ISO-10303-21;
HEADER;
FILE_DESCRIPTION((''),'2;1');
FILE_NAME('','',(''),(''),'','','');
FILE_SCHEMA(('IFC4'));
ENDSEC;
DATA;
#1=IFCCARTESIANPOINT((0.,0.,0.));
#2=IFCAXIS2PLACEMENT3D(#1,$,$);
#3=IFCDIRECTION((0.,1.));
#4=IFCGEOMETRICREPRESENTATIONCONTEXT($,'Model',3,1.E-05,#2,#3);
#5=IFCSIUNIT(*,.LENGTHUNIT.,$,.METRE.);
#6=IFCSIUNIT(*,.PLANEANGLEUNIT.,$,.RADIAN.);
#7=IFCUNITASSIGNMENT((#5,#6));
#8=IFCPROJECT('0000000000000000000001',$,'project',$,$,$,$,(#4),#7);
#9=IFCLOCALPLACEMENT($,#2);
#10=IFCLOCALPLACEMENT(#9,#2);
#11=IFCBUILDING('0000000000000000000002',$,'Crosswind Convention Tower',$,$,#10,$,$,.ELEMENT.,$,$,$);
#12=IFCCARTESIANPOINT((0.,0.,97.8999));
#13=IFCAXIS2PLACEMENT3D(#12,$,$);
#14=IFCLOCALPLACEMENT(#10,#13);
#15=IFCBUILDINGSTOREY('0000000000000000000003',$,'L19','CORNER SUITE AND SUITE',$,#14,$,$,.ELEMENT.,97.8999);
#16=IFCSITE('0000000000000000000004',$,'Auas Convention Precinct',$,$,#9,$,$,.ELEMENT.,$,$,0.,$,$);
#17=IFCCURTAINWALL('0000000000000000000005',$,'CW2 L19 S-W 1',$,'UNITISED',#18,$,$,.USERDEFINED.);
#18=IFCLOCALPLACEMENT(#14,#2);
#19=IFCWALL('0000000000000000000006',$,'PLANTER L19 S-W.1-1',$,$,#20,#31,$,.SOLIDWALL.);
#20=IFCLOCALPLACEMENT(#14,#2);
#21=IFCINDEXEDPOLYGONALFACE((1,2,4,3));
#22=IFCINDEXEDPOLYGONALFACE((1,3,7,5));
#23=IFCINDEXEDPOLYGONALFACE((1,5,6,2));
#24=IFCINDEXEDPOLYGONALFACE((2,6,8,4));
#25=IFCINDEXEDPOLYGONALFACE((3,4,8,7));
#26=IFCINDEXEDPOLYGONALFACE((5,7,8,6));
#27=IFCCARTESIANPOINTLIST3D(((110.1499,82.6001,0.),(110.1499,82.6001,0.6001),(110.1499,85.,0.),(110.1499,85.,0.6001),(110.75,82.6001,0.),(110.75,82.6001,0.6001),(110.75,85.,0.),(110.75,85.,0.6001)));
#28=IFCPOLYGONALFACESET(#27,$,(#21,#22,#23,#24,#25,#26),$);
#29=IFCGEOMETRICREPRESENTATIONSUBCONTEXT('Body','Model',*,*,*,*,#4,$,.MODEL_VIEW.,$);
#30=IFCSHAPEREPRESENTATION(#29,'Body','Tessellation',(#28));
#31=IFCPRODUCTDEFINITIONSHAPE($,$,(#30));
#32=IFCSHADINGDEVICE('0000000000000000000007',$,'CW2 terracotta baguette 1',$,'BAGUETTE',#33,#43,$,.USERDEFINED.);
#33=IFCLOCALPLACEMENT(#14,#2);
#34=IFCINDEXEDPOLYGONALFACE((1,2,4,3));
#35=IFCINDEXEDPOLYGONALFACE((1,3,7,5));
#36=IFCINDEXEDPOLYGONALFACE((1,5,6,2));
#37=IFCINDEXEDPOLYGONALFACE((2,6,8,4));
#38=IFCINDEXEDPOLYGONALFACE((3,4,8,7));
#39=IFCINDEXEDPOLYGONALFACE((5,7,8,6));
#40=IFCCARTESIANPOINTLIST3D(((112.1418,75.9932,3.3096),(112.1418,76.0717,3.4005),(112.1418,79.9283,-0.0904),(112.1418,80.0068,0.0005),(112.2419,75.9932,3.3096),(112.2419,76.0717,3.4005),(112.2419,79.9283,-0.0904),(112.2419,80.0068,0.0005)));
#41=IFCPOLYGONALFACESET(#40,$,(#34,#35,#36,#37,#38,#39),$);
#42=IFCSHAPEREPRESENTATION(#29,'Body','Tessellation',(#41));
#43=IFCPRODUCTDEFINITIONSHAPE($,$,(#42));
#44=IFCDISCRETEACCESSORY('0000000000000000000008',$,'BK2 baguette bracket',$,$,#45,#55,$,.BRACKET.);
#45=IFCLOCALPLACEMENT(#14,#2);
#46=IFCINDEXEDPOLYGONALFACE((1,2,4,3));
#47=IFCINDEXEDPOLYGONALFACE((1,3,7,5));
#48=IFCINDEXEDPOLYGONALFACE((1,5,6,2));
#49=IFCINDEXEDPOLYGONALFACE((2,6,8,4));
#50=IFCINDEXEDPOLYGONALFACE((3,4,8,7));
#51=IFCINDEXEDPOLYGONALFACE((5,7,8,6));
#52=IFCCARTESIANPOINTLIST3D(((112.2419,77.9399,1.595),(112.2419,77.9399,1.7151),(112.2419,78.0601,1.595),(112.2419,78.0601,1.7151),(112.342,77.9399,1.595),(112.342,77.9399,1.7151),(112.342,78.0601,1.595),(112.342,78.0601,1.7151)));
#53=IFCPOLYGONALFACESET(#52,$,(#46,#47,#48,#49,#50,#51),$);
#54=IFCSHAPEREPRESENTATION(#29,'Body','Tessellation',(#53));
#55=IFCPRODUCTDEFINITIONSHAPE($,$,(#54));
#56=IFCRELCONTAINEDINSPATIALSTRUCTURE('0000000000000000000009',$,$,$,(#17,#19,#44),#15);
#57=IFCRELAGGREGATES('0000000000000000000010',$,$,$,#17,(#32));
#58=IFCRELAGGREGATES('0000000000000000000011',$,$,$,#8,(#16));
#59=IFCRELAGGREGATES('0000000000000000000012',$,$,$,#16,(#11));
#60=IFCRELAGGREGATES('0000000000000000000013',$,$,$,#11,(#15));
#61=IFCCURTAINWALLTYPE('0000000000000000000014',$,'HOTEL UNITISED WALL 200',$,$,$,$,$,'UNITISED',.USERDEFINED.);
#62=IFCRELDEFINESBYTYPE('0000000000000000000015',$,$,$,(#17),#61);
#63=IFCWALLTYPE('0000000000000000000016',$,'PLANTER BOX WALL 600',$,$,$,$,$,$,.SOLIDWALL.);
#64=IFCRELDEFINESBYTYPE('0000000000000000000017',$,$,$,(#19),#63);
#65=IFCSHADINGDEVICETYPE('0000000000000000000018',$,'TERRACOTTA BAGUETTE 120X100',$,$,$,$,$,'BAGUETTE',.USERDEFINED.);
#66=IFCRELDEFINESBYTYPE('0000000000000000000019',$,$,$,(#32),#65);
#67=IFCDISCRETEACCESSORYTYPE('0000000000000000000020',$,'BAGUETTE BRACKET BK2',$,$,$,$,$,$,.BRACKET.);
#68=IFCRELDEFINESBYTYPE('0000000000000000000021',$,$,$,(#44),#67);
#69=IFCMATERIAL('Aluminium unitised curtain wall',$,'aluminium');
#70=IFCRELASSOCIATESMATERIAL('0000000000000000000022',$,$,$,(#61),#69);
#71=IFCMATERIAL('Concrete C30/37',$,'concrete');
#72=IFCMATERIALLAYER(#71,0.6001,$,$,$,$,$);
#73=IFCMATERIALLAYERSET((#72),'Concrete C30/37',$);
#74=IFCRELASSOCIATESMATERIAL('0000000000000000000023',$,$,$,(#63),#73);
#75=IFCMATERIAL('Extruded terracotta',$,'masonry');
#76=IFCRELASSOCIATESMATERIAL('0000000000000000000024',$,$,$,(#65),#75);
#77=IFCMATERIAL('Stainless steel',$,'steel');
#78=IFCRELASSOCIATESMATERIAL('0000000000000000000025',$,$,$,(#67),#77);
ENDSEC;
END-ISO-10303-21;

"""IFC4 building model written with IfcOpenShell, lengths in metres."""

from ifc_helpers import new_model, si_unit, direction, frame, frame_2d, origin, origin_2d, place, context, subcontext, project, spatial, rectangle, extrude, material, layer, layer_set, material_profile, profile_set, type_object, element, aggregate, save


model = new_model("IFC4")

# Units and contexts
model_context = context("Model", 3, precision=1e-05, world=origin(), true_north=direction((0.0, 1.0)))
body_context = subcontext(model_context, "Body", "Model", "MODEL_VIEW")
ifc_project = project(units=[si_unit("LENGTHUNIT", "METRE"), si_unit("PLANEANGLEUNIT", "RADIAN")], contexts=[model_context])

# Site, building, storey
site_placement = place(None, origin())
site = spatial("IfcSite", under=ifc_project, at=site_placement, Name="Auas Convention Precinct", CompositionType="ELEMENT", RefElevation=0.0)
building_placement = place(site_placement, origin())
building = spatial("IfcBuilding", under=site, at=building_placement, Name="Crosswind Convention Tower", CompositionType="ELEMENT")
storey_placement = place(building_placement, frame((0.0, 0.0, 97.8999)))
storey = spatial("IfcBuildingStorey", under=building, at=storey_placement, Name="L19", Description="CORNER SUITE AND SUITE", CompositionType="ELEMENT", Elevation=97.8999)

# Shared definitions
ifc_material_1 = material(Name="Aluminium unitised curtain wall", Category="aluminium")

# Curtain wall
curtain_wall_type_1 = type_object("IfcCurtainWallType", Name="HOTEL UNITISED WALL 200", ElementType="UNITISED", PredefinedType="USERDEFINED", material=ifc_material_1)
curtain_wall_1_placement = place(storey_placement, origin())
curtain_wall_1 = element("IfcCurtainWall", 1, at=curtain_wall_1_placement, inside=storey, type_object=curtain_wall_type_1, Name="CW2 L19 S-W 1", ObjectType="UNITISED", PredefinedType="USERDEFINED")

# Wall
ifc_material_2 = material(Name="Concrete C30/37", Category="concrete")
ifc_layer_1 = layer(ifc_material_2, 0.6001)
ifc_layer_set_1 = layer_set([ifc_layer_1], Name="Concrete C30/37")
wall_type = type_object("IfcWallType", Name="PLANTER BOX WALL 600", PredefinedType="SOLIDWALL", material=ifc_layer_set_1)
wall_placement = place(storey_placement, frame((110.45, 85.0, 0.0), z_axis=(0.0, 0.0, 1.0), x_axis=(0.0, -1.0, 0.0)))
element("IfcWall", 2, at=wall_placement, inside=storey, type_object=wall_type, Name="PLANTER L19 S-W.1-1", PredefinedType="SOLIDWALL", context=body_context, shape_type="SweptSolid", body=[
    extrude(rectangle(XDim=2.3999, YDim=0.6001, at=frame_2d((1.2, 0.0))), origin(), (0.0, 0.0, 1.0), 0.6001),
])

# Shading device
ifc_material_3 = material(Name="Extruded terracotta", Category="masonry")
ifc_material_profile_1 = material_profile(ifc_material_3, rectangle(XDim=0.1001, YDim=0.1201, at=origin_2d()), Name="TC 100X120")
ifc_profile_set_1 = profile_set([ifc_material_profile_1], Name="Extruded terracotta")
shading_device_type = type_object("IfcShadingDeviceType", Name="TERRACOTTA BAGUETTE 120X100", ElementType="BAGUETTE", PredefinedType="USERDEFINED", material=ifc_profile_set_1)
shading_device_placement = place(storey_placement, frame((112.1919, 79.9675, -0.0449), z_axis=(0.0, -0.756686, 0.653779), x_axis=(1.0, 0.0, 0.0)))
shading_device = element("IfcShadingDevice", 3, at=shading_device_placement, type_object=shading_device_type, Name="CW2 terracotta baguette 1", ObjectType="BAGUETTE", PredefinedType="USERDEFINED", context=body_context, shape_type="SweptSolid", body=[
    extrude(rectangle(XDim=0.1001, YDim=0.1201, at=origin_2d()), origin(), (0.0, 0.0, 1.0), 5.2004),
])
aggregate(curtain_wall_1, [shading_device])

# Discrete accessory
ifc_material_4 = material(Name="Stainless steel", Category="steel")
discrete_accessory_type = type_object("IfcDiscreteAccessoryType", Name="BAGUETTE BRACKET BK2", PredefinedType="BRACKET", material=ifc_material_4)
discrete_accessory_placement = place(storey_placement, frame((112.292, 78.0, 1.595), z_axis=(0.0, 0.0, 1.0), x_axis=(0.0, -1.0, 0.0)))
element("IfcDiscreteAccessory", 4, at=discrete_accessory_placement, inside=storey, type_object=discrete_accessory_type, Name="BK2 baguette bracket", PredefinedType="BRACKET", context=body_context, shape_type="SweptSolid", body=[
    extrude(rectangle(XDim=0.1201, YDim=0.1001, at=origin_2d()), origin(), (0.0, 0.0, 1.0), 0.1201),
])

save(model, "model.ifc")
